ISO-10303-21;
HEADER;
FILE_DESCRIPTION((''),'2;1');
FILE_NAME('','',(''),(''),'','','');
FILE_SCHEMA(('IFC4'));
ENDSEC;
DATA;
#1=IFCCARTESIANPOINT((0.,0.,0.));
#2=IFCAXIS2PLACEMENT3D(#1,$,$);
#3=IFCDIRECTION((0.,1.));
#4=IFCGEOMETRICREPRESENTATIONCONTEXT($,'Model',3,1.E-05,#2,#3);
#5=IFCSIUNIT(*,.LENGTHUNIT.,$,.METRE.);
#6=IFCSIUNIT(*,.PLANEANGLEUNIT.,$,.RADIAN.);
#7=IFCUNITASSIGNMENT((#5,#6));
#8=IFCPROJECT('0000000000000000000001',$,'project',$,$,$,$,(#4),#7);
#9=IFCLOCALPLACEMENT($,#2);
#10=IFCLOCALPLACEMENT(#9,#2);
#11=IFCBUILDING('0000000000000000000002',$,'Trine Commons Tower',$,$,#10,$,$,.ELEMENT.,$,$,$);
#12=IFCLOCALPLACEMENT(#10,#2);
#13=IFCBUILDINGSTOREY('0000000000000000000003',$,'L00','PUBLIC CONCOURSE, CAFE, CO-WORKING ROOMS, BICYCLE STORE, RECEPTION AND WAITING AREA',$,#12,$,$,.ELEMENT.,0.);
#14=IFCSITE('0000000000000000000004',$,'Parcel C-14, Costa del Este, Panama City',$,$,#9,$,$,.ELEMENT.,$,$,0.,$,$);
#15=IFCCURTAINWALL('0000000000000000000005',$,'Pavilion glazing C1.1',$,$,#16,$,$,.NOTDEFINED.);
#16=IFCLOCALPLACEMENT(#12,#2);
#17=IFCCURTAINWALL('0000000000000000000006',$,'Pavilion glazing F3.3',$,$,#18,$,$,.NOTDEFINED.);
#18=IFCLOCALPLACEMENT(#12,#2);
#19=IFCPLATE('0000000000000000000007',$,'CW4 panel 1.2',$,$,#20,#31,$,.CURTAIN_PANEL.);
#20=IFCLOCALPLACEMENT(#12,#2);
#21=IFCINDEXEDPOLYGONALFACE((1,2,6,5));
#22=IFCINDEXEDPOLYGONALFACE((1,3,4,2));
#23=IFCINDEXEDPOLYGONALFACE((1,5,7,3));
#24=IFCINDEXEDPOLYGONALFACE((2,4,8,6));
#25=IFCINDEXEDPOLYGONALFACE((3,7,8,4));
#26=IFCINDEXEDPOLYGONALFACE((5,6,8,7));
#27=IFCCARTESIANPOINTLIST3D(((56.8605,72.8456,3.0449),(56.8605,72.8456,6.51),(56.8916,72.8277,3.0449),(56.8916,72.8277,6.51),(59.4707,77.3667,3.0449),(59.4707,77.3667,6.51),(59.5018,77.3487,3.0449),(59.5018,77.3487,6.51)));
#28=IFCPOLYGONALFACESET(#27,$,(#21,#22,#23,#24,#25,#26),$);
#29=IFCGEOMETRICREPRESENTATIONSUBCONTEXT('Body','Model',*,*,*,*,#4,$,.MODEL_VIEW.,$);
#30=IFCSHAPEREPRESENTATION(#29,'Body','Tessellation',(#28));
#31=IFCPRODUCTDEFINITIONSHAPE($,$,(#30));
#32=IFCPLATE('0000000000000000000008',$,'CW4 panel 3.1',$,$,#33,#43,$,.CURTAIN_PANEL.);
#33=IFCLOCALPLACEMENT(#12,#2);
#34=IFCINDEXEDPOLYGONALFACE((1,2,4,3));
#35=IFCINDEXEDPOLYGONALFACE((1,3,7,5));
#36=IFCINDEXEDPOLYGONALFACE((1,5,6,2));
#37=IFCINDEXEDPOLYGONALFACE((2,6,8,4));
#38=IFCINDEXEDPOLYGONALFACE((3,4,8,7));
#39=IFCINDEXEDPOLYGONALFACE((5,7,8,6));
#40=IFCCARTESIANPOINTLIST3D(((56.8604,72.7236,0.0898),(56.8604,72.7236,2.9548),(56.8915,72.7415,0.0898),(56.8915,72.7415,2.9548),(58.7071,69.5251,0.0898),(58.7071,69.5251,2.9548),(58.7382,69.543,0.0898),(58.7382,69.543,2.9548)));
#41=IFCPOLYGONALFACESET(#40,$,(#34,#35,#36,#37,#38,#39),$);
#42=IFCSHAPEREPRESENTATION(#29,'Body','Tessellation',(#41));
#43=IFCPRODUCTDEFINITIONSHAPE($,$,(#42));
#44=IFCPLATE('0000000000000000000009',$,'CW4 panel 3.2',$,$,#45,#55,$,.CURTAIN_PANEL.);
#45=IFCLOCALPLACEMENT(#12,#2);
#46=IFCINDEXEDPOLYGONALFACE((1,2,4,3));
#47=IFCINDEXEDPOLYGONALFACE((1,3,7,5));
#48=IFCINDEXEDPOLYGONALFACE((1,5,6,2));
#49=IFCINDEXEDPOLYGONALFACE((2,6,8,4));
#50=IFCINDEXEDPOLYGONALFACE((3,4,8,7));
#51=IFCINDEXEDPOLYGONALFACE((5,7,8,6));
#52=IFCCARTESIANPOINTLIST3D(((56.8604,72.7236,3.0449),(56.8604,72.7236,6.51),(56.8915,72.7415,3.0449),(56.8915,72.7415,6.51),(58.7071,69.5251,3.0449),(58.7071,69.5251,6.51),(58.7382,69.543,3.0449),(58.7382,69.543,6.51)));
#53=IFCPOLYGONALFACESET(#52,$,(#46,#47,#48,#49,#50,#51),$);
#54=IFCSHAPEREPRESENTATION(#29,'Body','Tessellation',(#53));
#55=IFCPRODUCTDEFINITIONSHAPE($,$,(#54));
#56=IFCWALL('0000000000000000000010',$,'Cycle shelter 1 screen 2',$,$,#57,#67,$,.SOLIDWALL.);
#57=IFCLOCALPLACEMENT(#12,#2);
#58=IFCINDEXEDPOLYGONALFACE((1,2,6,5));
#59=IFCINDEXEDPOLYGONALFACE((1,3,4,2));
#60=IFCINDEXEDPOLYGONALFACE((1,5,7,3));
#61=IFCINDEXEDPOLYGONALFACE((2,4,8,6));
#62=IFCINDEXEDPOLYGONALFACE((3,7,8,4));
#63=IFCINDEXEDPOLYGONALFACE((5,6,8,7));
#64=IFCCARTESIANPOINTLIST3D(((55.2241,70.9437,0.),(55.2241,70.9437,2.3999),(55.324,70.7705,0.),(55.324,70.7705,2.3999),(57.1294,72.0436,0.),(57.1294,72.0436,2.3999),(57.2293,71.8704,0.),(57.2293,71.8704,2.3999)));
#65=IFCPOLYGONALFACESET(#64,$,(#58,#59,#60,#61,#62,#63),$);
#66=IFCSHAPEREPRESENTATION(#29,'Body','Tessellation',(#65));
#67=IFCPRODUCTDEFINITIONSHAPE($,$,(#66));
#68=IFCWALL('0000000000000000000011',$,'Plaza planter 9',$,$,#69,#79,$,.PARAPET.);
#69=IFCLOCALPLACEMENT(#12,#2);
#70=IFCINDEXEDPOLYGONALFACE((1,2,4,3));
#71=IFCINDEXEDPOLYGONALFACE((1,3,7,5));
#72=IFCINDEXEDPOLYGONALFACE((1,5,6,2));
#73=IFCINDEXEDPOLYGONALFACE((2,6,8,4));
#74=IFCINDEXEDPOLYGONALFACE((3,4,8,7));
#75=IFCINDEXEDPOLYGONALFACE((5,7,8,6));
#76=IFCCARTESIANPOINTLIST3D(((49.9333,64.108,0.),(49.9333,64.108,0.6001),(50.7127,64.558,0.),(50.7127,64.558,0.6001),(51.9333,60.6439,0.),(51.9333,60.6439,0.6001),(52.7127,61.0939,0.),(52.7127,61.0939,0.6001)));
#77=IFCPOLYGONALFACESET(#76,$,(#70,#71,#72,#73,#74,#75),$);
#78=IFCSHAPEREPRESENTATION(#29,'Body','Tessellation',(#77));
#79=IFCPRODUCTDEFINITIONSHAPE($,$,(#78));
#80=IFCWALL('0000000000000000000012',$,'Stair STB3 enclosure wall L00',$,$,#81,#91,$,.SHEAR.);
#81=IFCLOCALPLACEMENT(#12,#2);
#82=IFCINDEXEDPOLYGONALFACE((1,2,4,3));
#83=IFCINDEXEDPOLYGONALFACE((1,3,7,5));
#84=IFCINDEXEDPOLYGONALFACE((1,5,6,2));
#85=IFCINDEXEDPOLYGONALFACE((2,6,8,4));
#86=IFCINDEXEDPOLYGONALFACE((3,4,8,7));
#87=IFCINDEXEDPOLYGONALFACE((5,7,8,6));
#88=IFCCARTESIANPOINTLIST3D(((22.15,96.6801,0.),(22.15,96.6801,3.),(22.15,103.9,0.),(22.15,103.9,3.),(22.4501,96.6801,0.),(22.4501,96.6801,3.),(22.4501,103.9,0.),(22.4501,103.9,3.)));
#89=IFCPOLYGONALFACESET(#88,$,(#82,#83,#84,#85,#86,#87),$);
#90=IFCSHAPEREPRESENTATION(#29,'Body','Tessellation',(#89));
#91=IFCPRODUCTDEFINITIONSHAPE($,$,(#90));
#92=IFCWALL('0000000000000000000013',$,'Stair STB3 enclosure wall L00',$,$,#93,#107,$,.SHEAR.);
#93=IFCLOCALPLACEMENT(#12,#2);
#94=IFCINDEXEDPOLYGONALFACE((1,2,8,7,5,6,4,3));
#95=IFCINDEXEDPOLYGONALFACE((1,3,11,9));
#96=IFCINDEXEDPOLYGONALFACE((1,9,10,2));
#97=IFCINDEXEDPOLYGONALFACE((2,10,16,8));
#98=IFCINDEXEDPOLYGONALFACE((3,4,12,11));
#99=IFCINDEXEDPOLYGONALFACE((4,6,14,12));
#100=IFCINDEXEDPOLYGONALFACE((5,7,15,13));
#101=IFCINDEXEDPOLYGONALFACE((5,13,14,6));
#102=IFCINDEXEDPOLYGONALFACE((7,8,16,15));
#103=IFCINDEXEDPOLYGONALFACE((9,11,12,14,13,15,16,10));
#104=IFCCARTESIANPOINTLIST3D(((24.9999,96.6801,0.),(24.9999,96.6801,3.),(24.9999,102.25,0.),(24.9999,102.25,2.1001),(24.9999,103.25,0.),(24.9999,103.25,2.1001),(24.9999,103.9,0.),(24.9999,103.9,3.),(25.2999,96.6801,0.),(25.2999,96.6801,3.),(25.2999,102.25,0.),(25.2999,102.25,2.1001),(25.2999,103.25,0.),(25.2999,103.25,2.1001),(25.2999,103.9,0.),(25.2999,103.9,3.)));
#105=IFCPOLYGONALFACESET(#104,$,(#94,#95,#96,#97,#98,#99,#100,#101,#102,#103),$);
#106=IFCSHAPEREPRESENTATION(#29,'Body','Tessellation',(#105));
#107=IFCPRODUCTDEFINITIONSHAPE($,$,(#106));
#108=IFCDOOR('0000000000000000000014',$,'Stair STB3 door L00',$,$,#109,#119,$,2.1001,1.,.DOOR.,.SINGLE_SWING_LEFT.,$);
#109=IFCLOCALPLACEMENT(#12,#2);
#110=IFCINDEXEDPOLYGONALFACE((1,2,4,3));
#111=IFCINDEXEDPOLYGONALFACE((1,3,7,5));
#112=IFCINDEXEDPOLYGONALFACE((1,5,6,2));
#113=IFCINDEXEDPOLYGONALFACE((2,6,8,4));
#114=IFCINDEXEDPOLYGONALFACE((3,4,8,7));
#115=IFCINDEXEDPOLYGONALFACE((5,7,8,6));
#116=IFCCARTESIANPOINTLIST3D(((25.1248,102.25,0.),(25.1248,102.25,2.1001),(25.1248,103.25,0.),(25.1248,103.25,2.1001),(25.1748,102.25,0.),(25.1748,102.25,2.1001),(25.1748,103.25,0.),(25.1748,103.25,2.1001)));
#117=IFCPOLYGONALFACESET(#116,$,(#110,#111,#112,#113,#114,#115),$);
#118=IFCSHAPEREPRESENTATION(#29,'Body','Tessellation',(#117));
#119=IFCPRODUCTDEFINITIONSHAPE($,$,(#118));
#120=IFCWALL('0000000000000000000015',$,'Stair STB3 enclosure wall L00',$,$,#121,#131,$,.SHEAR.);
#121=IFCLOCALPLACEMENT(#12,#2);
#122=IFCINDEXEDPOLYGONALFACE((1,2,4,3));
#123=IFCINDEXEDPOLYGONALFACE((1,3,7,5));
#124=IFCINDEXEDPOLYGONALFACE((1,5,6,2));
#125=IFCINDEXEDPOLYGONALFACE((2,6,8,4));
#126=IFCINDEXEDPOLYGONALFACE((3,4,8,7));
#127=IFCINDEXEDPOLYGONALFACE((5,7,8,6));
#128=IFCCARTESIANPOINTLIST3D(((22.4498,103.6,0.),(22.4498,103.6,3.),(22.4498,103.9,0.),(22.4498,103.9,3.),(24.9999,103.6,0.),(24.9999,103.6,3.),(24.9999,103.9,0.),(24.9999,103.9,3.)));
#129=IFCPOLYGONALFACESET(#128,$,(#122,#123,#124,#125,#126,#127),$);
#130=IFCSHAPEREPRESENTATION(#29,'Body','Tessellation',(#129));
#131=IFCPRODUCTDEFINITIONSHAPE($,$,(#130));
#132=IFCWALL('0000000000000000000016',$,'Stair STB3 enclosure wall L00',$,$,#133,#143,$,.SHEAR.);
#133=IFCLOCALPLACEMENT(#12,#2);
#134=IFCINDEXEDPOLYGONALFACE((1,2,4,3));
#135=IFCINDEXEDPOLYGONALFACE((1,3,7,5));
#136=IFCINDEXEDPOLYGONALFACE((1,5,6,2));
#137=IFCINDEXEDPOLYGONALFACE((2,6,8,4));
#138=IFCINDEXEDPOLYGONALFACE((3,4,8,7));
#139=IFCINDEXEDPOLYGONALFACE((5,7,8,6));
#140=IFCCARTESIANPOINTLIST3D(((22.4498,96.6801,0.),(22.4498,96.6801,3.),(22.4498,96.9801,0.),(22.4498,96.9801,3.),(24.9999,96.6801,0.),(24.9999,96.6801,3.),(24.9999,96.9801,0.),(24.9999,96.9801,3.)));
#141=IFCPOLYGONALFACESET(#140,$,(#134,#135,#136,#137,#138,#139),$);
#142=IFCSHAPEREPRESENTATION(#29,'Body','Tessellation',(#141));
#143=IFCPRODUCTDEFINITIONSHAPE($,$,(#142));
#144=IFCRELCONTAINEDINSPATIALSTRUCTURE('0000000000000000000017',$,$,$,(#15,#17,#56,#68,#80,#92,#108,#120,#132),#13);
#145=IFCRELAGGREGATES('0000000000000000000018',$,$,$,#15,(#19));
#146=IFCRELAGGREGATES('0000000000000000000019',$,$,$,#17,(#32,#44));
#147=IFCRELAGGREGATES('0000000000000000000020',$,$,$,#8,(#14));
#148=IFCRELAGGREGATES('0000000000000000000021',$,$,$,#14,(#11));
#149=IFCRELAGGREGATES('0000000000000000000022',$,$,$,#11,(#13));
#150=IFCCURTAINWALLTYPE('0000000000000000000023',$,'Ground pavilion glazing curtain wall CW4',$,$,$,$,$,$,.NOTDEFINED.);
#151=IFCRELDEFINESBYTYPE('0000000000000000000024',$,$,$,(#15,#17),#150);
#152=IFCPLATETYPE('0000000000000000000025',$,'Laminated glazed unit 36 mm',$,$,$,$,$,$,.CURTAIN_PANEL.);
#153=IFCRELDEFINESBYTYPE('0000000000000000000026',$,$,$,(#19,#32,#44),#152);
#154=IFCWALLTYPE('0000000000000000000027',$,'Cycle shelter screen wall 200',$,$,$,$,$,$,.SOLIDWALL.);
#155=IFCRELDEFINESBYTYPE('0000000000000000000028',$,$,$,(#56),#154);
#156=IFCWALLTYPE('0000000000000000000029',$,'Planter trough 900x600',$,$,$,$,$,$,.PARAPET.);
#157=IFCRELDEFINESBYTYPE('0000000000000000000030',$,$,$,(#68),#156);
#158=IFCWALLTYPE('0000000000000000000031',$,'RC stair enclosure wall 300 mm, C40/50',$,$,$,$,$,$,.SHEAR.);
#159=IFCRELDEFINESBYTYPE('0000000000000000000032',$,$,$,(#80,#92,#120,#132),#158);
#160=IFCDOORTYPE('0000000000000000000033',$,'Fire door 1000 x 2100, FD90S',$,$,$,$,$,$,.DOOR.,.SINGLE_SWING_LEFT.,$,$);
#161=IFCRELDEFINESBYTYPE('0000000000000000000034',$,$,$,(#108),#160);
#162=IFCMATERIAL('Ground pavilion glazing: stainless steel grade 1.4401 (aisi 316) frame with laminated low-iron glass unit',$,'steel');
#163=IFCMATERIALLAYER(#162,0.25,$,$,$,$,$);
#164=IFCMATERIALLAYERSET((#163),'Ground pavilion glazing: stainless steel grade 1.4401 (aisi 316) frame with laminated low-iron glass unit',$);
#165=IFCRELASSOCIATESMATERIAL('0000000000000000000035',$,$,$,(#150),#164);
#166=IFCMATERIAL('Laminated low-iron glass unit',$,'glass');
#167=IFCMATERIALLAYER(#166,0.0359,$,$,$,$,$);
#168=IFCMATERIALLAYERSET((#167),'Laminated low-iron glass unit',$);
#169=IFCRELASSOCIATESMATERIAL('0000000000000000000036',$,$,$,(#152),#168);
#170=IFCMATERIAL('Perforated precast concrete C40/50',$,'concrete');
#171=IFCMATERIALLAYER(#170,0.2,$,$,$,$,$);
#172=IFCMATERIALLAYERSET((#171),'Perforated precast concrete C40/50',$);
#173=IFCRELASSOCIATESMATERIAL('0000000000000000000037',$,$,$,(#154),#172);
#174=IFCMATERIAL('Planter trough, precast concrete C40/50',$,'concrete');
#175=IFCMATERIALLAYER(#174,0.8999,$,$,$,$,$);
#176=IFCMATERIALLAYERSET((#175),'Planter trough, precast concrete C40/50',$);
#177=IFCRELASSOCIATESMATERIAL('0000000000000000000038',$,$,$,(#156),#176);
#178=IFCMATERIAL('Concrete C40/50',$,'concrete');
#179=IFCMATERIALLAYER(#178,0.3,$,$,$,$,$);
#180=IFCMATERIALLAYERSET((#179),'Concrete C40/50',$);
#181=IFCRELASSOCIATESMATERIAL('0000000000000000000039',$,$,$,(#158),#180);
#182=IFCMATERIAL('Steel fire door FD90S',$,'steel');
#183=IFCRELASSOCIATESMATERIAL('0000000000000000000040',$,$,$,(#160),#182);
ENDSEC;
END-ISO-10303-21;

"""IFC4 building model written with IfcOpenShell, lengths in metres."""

from ifc_helpers import new_model, si_unit, direction, frame, frame_2d, origin, origin_2d, place, context, subcontext, project, spatial, rectangle, extrude, material, layer, layer_set, type_object, element, fill, aggregate, save


model = new_model("IFC4")

# Units and contexts
model_context = context("Model", 3, precision=1e-05, world=origin(), true_north=direction((0.0, 1.0)))
body_context = subcontext(model_context, "Body", "Model", "MODEL_VIEW")
ifc_project = project(units=[si_unit("LENGTHUNIT", "METRE"), si_unit("PLANEANGLEUNIT", "RADIAN")], contexts=[model_context])

# Site, building, storey
site_placement = place(None, origin())
site = spatial("IfcSite", under=ifc_project, at=site_placement, Name="Parcel C-14, Costa del Este, Panama City", CompositionType="ELEMENT", RefElevation=0.0)
building_placement = place(site_placement, origin())
building = spatial("IfcBuilding", under=site, at=building_placement, Name="Trine Commons Tower", CompositionType="ELEMENT")
storey_placement = place(building_placement, origin())
storey = spatial("IfcBuildingStorey", under=building, at=storey_placement, Name="L00", Description="PUBLIC CONCOURSE, CAFE, CO-WORKING ROOMS, BICYCLE STORE, RECEPTION AND WAITING AREA", CompositionType="ELEMENT", Elevation=0.0)

# Curtain walls
ifc_material_1 = material(Name="Ground pavilion glazing: stainless steel grade 1.4401 (aisi 316) frame with laminated low-iron glass unit", Category="steel")
ifc_layer_1 = layer(ifc_material_1, 0.25)
ifc_layer_set_1 = layer_set([ifc_layer_1], Name="Ground pavilion glazing: stainless steel grade 1.4401 (aisi 316) frame with laminated low-iron glass unit")
curtain_wall_type = type_object("IfcCurtainWallType", Name="Ground pavilion glazing curtain wall CW4", PredefinedType="NOTDEFINED", material=ifc_layer_set_1)
curtain_wall_1_placement = place(storey_placement, origin())
curtain_wall_1 = element("IfcCurtainWall", 1, at=curtain_wall_1_placement, inside=storey, type_object=curtain_wall_type, Name="Pavilion glazing C1.1", PredefinedType="NOTDEFINED")
curtain_wall_2_placement = place(storey_placement, origin())
curtain_wall_2 = element("IfcCurtainWall", 2, at=curtain_wall_2_placement, inside=storey, type_object=curtain_wall_type, Name="Pavilion glazing F3.3", PredefinedType="NOTDEFINED")

# Plates
ifc_material_2 = material(Name="Laminated low-iron glass unit", Category="glass")
ifc_layer_2 = layer(ifc_material_2, 0.0359)
ifc_layer_set_2 = layer_set([ifc_layer_2], Name="Laminated low-iron glass unit")
plate_type_1 = type_object("IfcPlateType", Name="Laminated glazed unit 36 mm", PredefinedType="CURTAIN_PANEL", material=ifc_layer_set_2)
plate_1_placement = place(storey_placement, frame((58.1812, 75.0972, 3.0449), z_axis=(0.0, 0.0, 1.0), x_axis=(0.5, 0.866025, 0.0)))
plate_1 = element("IfcPlate", 3, at=plate_1_placement, type_object=plate_type_1, Name="CW4 panel 1.2", PredefinedType="CURTAIN_PANEL", context=body_context, shape_type="SweptSolid", body=[
    extrude(rectangle(XDim=5.2205, YDim=0.0359, at=origin_2d()), origin(), (0.0, 0.0, 1.0), 3.4651),
])
aggregate(curtain_wall_1, [plate_1])
plate_2_placement = place(storey_placement, frame((57.7993, 71.1333, 0.0898), z_axis=(0.0, 0.0, 1.0), x_axis=(-0.5, 0.866025, 0.0)))
plate_2 = element("IfcPlate", 4, at=plate_2_placement, type_object=plate_type_1, Name="CW4 panel 3.1", PredefinedType="CURTAIN_PANEL", context=body_context, shape_type="SweptSolid", body=[
    extrude(rectangle(XDim=3.6934, YDim=0.0359, at=origin_2d()), origin(), (0.0, 0.0, 1.0), 2.865),
])
plate_3_placement = place(storey_placement, frame((57.7993, 71.1333, 3.0449), z_axis=(0.0, 0.0, 1.0), x_axis=(-0.5, 0.866025, 0.0)))
plate_3 = element("IfcPlate", 5, at=plate_3_placement, type_object=plate_type_1, Name="CW4 panel 3.2", PredefinedType="CURTAIN_PANEL", context=body_context, shape_type="SweptSolid", body=[
    extrude(rectangle(XDim=3.6934, YDim=0.0359, at=origin_2d()), origin(), (0.0, 0.0, 1.0), 3.4651),
])
aggregate(curtain_wall_2, [plate_2, plate_3])

# Walls
ifc_material_3 = material(Name="Perforated precast concrete C40/50", Category="concrete")
ifc_layer_3 = layer(ifc_material_3, 0.2)
ifc_layer_set_3 = layer_set([ifc_layer_3], Name="Perforated precast concrete C40/50")
wall_type_1 = type_object("IfcWallType", Name="Cycle shelter screen wall 200", PredefinedType="SOLIDWALL", material=ifc_layer_set_3)
wall_1_placement = place(storey_placement, frame((57.1794, 71.957, 0.0), z_axis=(0.0, 0.0, 1.0), x_axis=(-0.866056, -0.499947, 0.0)))
element("IfcWall", 6, at=wall_1_placement, inside=storey, type_object=wall_type_1, Name="Cycle shelter 1 screen 2", PredefinedType="SOLIDWALL", context=body_context, shape_type="SweptSolid", body=[
    extrude(rectangle(XDim=2.2, YDim=0.2, at=frame_2d((1.1001, 0.0))), origin(), (0.0, 0.0, 1.0), 2.3999),
])
ifc_material_4 = material(Name="Planter trough, precast concrete C40/50", Category="concrete")
ifc_layer_4 = layer(ifc_material_4, 0.8999)
ifc_layer_set_4 = layer_set([ifc_layer_4], Name="Planter trough, precast concrete C40/50")
wall_type_2 = type_object("IfcWallType", Name="Planter trough 900x600", PredefinedType="PARAPET", material=ifc_layer_set_4)
wall_2_placement = place(storey_placement, frame((52.323, 60.8689, 0.0), z_axis=(0.0, 0.0, 1.0), x_axis=(-0.499999, 0.866026, 0.0)))
element("IfcWall", 7, at=wall_2_placement, inside=storey, type_object=wall_type_2, Name="Plaza planter 9", PredefinedType="PARAPET", context=body_context, shape_type="SweptSolid", body=[
    extrude(rectangle(XDim=4.0, YDim=0.8999, at=frame_2d((2.0, 0.0))), origin(), (0.0, 0.0, 1.0), 0.6001),
])
ifc_material_5 = material(Name="Concrete C40/50", Category="concrete")
ifc_layer_5 = layer(ifc_material_5, 0.3)
ifc_layer_set_5 = layer_set([ifc_layer_5], Name="Concrete C40/50")
wall_type_3 = type_object("IfcWallType", Name="RC stair enclosure wall 300 mm, C40/50", PredefinedType="SHEAR", material=ifc_layer_set_5)
wall_3_placement = place(storey_placement, frame((22.3, 103.8999, 0.0), z_axis=(0.0, 0.0, 1.0), x_axis=(0.0, -1.0, 0.0)))
element("IfcWall", 8, at=wall_3_placement, inside=storey, type_object=wall_type_3, Name="Stair STB3 enclosure wall L00", PredefinedType="SHEAR", context=body_context, shape_type="SweptSolid", body=[
    extrude(rectangle(XDim=7.22, YDim=0.3, at=frame_2d((3.6099, 0.0))), origin(), (0.0, 0.0, 1.0), 3.0),
])

# Wall, opening, door
wall_4_placement = place(storey_placement, frame((25.1499, 103.8999, 0.0), z_axis=(0.0, 0.0, 1.0), x_axis=(0.0, -1.0, 0.0)))
wall_4 = element("IfcWall", 9, at=wall_4_placement, inside=storey, type_object=wall_type_3, Name="Stair STB3 enclosure wall L00", PredefinedType="SHEAR", context=body_context, shape_type="SweptSolid", body=[
    extrude(rectangle(XDim=7.22, YDim=0.3, at=frame_2d((3.6099, 0.0))), origin(), (0.0, 0.0, 1.0), 3.0),
])
opening_placement = place(wall_4_placement, frame((0.6499, 0.0, 0.0)))
opening = element("IfcOpeningElement", 10, at=opening_placement, cuts=wall_4, PredefinedType="OPENING", context=body_context, shape_type="SweptSolid", body=[
    extrude(rectangle(XDim=1.0, YDim=2.1001, at=frame_2d((0.5, 1.05))), frame((0.0, 0.1599, 0.0), z_axis=(0.0, -1.0, 0.0), x_axis=(1.0, 0.0, 0.0)), (0.0, 0.0, 1.0), 0.3201),
])
ifc_material_6 = material(Name="Steel fire door FD90S", Category="steel")
door_type = type_object("IfcDoorType", Name="Fire door 1000 x 2100, FD90S", OperationType="SINGLE_SWING_LEFT", PredefinedType="DOOR", material=ifc_material_6)
door_placement = place(opening_placement, origin())
door = element("IfcDoor", 11, at=door_placement, inside=storey, type_object=door_type, Name="Stair STB3 door L00", OperationType="SINGLE_SWING_LEFT", OverallHeight=2.1001, OverallWidth=1.0, PredefinedType="DOOR", context=body_context, shape_type="SweptSolid", body=[
    extrude(rectangle(XDim=1.0, YDim=2.1001, at=frame_2d((0.5, 1.05))), frame((0.0, 0.0249, 0.0), z_axis=(0.0, -1.0, 0.0), x_axis=(1.0, 0.0, 0.0)), (0.0, 0.0, 1.0), 0.05),
])
fill(opening, door)

# Walls
for number, where, z_axis, x_axis, name in (
    (12, (22.45, 103.75, 0.0), (0.0, 0.0, 1.0), (1.0, 0.0, 0.0), "Stair STB3 enclosure wall L00"),
    (13, (22.45, 96.8301, 0.0), (0.0, 0.0, 1.0), (1.0, 0.0, 0.0), "Stair STB3 enclosure wall L00"),
):
    element("IfcWall", number, at=place(storey_placement, frame(where, z_axis=z_axis, x_axis=x_axis)), inside=storey, type_object=wall_type_3, Name=name, PredefinedType="SHEAR", context=body_context, shape_type="SweptSolid", body=[
        extrude(rectangle(XDim=2.55, YDim=0.3, at=frame_2d((1.2749, 0.0))), origin(), (0.0, 0.0, 1.0), 3.0),
    ])

save(model, "model.ifc")
